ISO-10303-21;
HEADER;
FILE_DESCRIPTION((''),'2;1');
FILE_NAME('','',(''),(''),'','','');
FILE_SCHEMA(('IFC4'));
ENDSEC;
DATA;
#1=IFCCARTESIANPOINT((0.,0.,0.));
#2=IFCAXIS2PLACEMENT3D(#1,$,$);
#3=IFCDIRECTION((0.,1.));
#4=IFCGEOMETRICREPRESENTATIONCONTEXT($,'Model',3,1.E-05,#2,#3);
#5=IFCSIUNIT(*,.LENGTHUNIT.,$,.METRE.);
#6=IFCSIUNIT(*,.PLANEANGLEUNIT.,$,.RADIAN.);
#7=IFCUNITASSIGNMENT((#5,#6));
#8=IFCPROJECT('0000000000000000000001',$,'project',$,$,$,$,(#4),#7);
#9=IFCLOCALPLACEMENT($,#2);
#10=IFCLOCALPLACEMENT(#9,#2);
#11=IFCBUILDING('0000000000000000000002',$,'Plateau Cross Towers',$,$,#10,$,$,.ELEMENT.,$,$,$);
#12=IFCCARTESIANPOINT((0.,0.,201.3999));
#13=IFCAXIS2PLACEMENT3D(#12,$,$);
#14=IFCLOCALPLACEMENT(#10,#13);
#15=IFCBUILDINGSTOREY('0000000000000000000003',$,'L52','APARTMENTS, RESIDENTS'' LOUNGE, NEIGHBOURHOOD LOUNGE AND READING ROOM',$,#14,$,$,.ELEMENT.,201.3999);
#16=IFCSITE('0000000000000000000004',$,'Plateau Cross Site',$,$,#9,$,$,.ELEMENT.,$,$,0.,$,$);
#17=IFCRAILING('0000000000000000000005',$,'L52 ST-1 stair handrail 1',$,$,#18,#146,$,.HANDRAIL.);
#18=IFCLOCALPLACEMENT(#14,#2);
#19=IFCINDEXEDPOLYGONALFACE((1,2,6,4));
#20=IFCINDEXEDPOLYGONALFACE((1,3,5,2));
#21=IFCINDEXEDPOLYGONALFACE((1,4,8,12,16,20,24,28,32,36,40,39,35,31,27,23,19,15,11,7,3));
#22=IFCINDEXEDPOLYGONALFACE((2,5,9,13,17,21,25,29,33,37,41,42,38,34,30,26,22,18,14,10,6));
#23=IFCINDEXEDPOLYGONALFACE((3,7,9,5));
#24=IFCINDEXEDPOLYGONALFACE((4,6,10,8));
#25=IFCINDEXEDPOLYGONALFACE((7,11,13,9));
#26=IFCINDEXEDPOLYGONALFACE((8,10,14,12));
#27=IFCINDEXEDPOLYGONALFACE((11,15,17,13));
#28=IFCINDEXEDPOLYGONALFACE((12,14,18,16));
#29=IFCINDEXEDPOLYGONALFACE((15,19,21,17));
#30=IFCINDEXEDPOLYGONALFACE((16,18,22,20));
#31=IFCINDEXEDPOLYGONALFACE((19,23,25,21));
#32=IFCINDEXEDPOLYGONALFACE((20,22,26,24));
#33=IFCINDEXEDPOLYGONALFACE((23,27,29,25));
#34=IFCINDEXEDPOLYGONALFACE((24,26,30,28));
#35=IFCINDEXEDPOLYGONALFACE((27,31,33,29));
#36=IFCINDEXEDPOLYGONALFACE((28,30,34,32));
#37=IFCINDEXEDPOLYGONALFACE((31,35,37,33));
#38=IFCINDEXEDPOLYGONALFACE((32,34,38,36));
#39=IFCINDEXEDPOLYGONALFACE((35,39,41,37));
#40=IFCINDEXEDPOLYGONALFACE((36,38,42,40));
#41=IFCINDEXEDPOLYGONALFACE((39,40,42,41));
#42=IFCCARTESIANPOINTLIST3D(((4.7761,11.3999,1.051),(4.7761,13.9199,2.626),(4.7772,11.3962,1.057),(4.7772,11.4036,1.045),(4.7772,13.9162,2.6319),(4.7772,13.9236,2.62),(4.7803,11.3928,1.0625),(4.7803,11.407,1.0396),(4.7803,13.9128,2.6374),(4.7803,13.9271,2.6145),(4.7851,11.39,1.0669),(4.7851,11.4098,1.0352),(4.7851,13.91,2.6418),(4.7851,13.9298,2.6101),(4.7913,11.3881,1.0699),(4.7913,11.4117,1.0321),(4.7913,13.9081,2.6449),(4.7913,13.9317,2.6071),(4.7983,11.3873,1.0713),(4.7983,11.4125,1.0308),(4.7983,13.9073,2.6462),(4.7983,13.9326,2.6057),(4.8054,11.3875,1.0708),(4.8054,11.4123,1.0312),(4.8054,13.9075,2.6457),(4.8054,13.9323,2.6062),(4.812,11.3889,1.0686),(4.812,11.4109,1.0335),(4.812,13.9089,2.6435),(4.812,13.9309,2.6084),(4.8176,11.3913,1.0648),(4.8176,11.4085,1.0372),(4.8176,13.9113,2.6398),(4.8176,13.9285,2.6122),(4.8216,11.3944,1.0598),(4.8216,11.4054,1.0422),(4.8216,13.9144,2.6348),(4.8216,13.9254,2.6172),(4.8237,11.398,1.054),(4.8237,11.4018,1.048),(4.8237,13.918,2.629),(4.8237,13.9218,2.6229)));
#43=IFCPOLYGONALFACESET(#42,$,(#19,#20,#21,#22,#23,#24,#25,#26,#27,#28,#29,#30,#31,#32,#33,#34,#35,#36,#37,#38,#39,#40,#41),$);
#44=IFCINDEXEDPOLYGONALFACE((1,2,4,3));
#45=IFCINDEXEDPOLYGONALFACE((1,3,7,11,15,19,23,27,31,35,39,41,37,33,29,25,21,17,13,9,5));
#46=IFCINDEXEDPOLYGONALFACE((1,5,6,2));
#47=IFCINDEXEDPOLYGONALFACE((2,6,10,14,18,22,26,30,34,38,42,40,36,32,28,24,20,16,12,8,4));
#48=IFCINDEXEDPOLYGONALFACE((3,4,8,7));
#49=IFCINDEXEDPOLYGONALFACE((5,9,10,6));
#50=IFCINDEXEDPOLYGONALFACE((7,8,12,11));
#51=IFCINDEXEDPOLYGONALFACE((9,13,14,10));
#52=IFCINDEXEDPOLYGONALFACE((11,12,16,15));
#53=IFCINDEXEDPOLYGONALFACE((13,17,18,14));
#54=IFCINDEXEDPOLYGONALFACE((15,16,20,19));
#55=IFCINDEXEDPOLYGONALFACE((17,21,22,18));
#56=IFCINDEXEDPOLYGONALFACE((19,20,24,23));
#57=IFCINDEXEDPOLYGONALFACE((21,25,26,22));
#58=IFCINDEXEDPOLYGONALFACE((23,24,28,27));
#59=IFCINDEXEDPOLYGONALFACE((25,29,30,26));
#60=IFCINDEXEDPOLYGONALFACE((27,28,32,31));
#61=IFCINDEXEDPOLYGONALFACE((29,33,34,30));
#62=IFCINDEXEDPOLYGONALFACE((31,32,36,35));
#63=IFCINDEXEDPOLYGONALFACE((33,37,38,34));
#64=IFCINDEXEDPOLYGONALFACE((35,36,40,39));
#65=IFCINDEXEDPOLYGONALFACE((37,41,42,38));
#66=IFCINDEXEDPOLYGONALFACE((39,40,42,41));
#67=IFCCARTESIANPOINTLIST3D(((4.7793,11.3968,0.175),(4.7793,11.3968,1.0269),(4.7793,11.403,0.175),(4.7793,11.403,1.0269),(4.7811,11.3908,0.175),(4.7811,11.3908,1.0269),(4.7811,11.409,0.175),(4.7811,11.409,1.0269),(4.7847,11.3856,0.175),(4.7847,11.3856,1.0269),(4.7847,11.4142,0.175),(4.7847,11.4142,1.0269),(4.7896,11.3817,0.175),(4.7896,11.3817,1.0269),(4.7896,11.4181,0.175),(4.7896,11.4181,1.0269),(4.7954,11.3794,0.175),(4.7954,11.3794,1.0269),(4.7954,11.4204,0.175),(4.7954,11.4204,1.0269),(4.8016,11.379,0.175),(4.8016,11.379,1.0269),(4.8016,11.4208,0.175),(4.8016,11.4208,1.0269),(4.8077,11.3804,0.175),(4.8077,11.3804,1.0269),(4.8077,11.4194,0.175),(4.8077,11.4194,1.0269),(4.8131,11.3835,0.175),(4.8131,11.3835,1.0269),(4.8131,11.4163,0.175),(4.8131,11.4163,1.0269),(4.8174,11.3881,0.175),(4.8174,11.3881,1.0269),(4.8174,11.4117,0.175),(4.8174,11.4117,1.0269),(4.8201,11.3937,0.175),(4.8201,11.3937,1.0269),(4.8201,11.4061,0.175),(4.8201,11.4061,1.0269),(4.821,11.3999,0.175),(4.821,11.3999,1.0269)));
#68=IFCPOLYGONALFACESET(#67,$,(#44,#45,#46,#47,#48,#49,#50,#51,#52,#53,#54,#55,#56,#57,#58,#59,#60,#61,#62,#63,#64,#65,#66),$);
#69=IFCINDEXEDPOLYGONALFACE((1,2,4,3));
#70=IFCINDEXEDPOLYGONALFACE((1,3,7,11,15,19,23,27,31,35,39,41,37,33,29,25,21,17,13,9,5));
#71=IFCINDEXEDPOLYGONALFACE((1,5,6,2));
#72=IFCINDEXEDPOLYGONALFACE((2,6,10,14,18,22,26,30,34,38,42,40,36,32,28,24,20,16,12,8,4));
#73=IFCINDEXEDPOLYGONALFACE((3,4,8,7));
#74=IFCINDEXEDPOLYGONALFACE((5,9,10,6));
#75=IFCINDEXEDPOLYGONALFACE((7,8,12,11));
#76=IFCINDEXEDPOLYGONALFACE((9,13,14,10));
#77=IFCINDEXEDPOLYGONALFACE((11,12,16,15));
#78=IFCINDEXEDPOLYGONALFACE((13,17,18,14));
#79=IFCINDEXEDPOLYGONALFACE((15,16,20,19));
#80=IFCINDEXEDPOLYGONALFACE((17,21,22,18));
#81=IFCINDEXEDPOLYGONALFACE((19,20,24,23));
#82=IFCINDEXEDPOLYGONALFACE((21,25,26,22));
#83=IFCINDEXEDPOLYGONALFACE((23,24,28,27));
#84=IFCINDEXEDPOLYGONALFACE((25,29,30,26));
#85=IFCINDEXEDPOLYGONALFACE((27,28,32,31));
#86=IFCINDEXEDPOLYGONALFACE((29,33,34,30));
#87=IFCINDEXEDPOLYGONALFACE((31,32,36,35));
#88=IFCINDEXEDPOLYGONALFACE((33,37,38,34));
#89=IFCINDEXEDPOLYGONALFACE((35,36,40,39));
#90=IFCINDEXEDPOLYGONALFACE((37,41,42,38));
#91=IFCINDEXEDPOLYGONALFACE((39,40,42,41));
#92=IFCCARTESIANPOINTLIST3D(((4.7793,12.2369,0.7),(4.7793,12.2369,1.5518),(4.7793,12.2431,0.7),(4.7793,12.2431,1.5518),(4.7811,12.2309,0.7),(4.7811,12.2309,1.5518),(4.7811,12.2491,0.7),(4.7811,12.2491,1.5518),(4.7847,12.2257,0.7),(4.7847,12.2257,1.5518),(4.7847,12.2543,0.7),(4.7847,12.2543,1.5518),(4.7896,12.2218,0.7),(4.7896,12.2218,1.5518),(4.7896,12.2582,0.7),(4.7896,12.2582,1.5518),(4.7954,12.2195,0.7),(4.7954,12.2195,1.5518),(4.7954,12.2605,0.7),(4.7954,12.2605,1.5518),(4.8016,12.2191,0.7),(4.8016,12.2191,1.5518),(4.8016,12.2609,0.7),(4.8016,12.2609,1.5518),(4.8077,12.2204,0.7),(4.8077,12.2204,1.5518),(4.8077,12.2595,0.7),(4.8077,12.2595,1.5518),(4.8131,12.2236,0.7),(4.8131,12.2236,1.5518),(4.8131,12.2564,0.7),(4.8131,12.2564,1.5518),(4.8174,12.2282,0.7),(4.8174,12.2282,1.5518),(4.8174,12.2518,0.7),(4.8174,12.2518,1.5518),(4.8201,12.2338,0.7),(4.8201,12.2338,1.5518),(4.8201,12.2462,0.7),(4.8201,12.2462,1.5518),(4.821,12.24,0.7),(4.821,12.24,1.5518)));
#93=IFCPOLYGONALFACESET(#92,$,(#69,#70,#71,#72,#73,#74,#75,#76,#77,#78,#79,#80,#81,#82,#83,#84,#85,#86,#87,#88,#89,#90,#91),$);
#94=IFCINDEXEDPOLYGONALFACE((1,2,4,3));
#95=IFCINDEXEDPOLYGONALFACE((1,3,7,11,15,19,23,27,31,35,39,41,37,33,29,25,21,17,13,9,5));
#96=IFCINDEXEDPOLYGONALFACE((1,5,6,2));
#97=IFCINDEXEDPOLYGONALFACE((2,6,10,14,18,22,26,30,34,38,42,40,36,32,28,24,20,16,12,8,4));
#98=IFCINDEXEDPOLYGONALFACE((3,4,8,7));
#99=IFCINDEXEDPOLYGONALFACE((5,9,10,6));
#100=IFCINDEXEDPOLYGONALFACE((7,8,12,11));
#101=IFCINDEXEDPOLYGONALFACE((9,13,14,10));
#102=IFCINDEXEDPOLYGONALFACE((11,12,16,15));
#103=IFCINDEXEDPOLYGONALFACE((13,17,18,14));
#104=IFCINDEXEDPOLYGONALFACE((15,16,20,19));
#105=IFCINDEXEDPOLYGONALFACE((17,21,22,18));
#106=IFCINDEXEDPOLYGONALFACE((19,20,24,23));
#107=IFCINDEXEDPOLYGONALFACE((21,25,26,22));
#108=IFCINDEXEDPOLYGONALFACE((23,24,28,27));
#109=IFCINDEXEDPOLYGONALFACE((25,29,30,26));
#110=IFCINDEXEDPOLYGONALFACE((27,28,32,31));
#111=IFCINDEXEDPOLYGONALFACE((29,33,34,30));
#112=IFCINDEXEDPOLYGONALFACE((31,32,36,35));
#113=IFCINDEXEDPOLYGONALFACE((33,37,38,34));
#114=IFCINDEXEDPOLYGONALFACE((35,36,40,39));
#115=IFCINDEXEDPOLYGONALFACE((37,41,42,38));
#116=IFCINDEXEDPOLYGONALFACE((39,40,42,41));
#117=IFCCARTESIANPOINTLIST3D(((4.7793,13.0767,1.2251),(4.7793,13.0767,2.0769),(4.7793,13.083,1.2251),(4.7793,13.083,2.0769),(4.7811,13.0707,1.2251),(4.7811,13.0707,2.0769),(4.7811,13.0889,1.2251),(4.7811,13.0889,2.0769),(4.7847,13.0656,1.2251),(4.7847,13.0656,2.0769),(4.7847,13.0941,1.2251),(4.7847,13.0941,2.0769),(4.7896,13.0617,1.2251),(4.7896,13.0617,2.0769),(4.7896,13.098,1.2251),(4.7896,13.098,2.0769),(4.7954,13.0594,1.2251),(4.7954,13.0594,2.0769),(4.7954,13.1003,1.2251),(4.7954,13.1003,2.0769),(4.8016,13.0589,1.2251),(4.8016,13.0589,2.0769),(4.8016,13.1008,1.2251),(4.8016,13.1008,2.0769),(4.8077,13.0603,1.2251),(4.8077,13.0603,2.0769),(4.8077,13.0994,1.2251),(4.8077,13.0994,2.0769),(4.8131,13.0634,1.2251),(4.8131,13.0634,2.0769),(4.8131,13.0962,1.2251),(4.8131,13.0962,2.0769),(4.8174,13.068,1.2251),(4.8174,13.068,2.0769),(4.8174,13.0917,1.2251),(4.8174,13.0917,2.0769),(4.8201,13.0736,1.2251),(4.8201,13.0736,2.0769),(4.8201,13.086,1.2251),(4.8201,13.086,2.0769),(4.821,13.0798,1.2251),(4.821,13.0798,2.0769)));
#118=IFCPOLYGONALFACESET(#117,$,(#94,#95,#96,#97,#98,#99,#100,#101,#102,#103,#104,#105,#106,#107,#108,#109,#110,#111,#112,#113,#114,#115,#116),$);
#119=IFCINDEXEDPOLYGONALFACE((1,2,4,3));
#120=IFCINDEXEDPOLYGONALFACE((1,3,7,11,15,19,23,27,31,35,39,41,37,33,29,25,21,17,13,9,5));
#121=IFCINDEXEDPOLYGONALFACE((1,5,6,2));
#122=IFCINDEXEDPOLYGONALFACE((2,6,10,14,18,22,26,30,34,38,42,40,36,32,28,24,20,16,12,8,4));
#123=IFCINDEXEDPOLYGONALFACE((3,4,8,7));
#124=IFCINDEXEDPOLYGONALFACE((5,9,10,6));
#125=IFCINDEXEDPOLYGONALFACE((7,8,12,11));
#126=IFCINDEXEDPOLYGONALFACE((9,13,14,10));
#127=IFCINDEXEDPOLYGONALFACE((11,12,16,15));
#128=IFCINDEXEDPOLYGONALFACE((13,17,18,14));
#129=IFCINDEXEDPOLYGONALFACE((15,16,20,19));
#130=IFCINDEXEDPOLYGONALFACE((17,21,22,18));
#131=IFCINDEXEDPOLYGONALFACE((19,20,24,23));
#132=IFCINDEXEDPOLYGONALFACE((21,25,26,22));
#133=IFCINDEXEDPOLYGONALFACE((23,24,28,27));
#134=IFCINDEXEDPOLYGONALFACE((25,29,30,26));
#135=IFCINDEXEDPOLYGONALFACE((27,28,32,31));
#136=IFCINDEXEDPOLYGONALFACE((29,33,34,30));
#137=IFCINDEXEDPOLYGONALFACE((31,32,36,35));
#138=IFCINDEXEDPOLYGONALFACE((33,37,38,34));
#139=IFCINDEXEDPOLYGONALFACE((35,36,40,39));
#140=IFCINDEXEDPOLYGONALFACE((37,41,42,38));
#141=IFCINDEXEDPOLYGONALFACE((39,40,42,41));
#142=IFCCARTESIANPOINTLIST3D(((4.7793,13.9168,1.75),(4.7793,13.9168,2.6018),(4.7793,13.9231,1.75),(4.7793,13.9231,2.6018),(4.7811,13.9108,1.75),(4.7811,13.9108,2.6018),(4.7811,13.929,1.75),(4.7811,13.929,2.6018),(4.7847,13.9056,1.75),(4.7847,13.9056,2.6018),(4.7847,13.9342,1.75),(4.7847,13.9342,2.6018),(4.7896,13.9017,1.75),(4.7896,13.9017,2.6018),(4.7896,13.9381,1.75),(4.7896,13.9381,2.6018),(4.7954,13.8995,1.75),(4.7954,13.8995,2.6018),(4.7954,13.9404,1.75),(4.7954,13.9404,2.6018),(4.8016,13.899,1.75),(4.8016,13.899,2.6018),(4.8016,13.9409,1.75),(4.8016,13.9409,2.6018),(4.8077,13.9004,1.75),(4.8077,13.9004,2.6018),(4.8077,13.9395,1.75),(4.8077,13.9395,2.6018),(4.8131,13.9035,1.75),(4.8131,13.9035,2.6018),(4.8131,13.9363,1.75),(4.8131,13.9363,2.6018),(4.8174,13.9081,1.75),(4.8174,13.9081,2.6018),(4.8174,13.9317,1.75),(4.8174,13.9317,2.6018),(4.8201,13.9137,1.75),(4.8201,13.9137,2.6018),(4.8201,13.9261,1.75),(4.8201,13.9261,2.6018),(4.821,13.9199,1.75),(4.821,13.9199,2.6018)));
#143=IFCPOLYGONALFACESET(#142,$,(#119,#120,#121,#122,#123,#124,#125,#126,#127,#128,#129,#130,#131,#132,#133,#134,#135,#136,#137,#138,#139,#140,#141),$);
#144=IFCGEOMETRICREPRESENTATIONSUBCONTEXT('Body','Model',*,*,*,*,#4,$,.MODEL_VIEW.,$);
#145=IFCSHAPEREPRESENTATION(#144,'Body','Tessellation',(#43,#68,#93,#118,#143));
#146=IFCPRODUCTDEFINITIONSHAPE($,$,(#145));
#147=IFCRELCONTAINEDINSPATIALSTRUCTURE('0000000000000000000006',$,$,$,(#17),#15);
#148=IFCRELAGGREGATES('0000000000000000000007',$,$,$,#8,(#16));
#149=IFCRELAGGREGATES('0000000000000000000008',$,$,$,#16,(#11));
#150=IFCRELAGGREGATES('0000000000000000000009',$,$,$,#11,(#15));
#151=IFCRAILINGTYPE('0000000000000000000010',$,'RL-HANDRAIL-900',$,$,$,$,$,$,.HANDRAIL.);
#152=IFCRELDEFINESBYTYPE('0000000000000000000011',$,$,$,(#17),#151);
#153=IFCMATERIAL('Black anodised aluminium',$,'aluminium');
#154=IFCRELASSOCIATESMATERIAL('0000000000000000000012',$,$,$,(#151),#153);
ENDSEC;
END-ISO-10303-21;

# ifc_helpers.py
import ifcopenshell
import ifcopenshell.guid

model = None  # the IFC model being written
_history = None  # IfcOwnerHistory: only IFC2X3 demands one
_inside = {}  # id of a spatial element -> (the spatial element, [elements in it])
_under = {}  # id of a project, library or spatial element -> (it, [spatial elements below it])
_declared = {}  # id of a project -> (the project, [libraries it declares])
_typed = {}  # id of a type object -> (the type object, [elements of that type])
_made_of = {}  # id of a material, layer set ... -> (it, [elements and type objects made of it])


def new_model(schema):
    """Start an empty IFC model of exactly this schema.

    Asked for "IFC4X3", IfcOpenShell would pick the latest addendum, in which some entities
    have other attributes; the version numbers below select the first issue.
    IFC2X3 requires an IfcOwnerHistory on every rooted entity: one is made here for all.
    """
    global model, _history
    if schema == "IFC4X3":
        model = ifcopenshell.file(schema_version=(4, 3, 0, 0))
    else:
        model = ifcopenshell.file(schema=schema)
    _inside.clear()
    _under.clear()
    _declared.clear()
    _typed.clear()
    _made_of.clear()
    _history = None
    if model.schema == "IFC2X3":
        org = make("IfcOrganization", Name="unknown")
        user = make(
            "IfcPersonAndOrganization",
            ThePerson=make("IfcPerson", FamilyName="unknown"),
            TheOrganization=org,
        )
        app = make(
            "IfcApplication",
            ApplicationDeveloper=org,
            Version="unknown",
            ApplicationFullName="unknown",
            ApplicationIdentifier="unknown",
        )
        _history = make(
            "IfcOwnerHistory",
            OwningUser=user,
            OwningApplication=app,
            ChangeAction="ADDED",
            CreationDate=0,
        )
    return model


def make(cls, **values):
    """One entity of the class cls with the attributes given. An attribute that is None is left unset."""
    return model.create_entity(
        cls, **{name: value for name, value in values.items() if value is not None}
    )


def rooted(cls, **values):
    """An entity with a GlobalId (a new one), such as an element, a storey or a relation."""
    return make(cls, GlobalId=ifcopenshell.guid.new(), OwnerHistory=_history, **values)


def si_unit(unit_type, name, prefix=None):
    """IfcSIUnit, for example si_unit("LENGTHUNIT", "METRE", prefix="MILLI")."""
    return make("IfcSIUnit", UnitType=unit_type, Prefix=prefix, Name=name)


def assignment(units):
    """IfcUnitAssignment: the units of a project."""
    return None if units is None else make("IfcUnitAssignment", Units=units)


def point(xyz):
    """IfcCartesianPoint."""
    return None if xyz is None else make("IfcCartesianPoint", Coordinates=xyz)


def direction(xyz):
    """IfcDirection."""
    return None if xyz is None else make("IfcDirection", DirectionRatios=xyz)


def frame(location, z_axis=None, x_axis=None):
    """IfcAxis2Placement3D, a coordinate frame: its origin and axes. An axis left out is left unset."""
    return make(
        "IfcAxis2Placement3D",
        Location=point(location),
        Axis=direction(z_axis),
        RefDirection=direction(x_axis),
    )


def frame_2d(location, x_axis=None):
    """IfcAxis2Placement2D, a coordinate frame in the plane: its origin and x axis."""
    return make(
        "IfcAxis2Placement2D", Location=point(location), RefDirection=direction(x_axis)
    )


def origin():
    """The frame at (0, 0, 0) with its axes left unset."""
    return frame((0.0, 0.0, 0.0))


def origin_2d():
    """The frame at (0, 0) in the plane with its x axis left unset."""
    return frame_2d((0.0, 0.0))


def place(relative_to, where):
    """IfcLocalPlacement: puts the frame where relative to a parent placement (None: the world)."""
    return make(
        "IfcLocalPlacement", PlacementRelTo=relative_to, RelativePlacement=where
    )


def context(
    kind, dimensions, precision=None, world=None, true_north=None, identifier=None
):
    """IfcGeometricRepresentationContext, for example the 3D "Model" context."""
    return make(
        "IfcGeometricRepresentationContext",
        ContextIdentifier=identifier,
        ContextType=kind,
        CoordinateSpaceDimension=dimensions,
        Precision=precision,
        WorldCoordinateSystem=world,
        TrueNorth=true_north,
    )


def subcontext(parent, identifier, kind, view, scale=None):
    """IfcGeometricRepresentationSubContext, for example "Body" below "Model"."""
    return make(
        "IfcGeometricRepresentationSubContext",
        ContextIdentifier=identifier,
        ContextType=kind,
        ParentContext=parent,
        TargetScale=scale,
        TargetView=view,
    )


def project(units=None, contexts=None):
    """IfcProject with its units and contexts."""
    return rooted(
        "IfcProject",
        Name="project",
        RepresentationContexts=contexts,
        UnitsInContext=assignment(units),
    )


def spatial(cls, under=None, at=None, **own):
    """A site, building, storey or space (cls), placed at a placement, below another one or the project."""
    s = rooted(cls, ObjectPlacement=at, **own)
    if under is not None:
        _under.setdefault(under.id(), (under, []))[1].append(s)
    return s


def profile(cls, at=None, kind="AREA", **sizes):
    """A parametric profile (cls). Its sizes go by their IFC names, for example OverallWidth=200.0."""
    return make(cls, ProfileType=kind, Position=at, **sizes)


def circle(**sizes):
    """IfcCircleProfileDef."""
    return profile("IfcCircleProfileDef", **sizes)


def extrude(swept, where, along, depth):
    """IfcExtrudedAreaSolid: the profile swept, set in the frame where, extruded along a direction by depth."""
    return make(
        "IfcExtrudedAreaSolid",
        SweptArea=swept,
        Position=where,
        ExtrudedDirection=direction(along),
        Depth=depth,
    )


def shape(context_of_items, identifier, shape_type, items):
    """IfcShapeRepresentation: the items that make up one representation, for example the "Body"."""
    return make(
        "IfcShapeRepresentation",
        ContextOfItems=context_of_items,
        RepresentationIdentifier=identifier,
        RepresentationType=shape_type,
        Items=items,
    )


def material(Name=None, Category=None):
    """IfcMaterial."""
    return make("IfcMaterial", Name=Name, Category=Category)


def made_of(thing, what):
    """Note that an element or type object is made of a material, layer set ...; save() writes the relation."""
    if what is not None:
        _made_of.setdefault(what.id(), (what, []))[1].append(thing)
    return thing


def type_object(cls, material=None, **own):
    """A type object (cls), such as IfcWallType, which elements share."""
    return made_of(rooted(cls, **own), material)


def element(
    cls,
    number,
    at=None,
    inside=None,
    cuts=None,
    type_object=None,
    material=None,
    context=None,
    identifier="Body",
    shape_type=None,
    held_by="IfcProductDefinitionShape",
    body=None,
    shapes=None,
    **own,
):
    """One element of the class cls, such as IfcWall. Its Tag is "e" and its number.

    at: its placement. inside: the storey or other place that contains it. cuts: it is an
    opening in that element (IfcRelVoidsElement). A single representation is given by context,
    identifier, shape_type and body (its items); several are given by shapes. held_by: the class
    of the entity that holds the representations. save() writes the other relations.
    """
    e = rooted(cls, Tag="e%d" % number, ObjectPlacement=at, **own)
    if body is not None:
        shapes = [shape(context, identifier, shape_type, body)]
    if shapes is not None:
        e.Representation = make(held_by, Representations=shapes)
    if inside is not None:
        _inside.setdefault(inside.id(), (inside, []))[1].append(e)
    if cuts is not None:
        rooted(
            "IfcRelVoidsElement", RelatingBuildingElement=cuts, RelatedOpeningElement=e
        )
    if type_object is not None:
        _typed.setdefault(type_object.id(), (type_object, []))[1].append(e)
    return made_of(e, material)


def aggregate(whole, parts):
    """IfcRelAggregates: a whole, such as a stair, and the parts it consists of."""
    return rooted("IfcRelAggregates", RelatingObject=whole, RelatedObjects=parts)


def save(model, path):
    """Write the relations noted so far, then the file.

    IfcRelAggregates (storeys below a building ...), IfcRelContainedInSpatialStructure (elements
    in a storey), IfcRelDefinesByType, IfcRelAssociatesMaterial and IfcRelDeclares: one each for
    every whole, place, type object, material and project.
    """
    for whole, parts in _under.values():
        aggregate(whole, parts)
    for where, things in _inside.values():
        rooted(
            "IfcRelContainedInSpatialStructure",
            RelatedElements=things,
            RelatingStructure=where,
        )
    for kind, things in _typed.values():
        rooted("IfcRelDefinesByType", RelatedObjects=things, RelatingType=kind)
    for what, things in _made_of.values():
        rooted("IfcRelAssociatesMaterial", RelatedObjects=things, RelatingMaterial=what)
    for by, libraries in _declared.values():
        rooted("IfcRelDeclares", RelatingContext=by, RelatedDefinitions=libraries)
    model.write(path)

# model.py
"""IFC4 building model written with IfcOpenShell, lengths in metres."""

from ifc_helpers import new_model, si_unit, direction, frame, origin, origin_2d, place, context, subcontext, project, spatial, circle, extrude, material, type_object, element, save


model = new_model("IFC4")

# Units and contexts
model_context = context("Model", 3, precision=1e-05, world=origin(), true_north=direction((0.0, 1.0)))
body_context = subcontext(model_context, "Body", "Model", "MODEL_VIEW")
ifc_project = project(units=[si_unit("LENGTHUNIT", "METRE"), si_unit("PLANEANGLEUNIT", "RADIAN")], contexts=[model_context])

# Site, building, storey
site_placement = place(None, origin())
site = spatial("IfcSite", under=ifc_project, at=site_placement, Name="Plateau Cross Site", CompositionType="ELEMENT", RefElevation=0.0)
building_placement = place(site_placement, origin())
building = spatial("IfcBuilding", under=site, at=building_placement, Name="Plateau Cross Towers", CompositionType="ELEMENT")
storey_placement = place(building_placement, frame((0.0, 0.0, 201.3999)))
storey = spatial("IfcBuildingStorey", under=building, at=storey_placement, Name="L52", Description="APARTMENTS, RESIDENTS' LOUNGE, NEIGHBOURHOOD LOUNGE AND READING ROOM", CompositionType="ELEMENT", Elevation=201.3999)

# Shared definitions
ifc_material_1 = material(Name="Black anodised aluminium", Category="aluminium")

# Railing
railing_type_1 = type_object("IfcRailingType", Name="RL-HANDRAIL-900", PredefinedType="HANDRAIL", material=ifc_material_1)
railing_1_placement = place(storey_placement, frame((4.8, 11.3999, 0.175)))
element("IfcRailing", 1, at=railing_1_placement, inside=storey, type_object=railing_type_1, Name="L52 ST-1 stair handrail 1", PredefinedType="HANDRAIL", context=body_context, shape_type="SweptSolid", body=[
    extrude(circle(Radius=0.0239, at=origin_2d()), frame((0.0, 0.0, 0.876), z_axis=(0.0, 0.848008, 0.529984), x_axis=(-1.0, 0.0, 0.0)), (0.0, 0.0, 1.0), 2.9717),
    extrude(circle(Radius=0.021, at=origin_2d()), origin(), (0.0, 0.0, 1.0), 0.8518),
    extrude(circle(Radius=0.021, at=origin_2d()), frame((0.0, 0.8401, 0.5249)), (0.0, 0.0, 1.0), 0.8518),
    extrude(circle(Radius=0.021, at=origin_2d()), frame((0.0, 1.6799, 1.05)), (0.0, 0.0, 1.0), 0.8518),
    extrude(circle(Radius=0.021, at=origin_2d()), frame((0.0, 2.52, 1.575)), (0.0, 0.0, 1.0), 0.8518),
])

save(model, "model.ifc")
